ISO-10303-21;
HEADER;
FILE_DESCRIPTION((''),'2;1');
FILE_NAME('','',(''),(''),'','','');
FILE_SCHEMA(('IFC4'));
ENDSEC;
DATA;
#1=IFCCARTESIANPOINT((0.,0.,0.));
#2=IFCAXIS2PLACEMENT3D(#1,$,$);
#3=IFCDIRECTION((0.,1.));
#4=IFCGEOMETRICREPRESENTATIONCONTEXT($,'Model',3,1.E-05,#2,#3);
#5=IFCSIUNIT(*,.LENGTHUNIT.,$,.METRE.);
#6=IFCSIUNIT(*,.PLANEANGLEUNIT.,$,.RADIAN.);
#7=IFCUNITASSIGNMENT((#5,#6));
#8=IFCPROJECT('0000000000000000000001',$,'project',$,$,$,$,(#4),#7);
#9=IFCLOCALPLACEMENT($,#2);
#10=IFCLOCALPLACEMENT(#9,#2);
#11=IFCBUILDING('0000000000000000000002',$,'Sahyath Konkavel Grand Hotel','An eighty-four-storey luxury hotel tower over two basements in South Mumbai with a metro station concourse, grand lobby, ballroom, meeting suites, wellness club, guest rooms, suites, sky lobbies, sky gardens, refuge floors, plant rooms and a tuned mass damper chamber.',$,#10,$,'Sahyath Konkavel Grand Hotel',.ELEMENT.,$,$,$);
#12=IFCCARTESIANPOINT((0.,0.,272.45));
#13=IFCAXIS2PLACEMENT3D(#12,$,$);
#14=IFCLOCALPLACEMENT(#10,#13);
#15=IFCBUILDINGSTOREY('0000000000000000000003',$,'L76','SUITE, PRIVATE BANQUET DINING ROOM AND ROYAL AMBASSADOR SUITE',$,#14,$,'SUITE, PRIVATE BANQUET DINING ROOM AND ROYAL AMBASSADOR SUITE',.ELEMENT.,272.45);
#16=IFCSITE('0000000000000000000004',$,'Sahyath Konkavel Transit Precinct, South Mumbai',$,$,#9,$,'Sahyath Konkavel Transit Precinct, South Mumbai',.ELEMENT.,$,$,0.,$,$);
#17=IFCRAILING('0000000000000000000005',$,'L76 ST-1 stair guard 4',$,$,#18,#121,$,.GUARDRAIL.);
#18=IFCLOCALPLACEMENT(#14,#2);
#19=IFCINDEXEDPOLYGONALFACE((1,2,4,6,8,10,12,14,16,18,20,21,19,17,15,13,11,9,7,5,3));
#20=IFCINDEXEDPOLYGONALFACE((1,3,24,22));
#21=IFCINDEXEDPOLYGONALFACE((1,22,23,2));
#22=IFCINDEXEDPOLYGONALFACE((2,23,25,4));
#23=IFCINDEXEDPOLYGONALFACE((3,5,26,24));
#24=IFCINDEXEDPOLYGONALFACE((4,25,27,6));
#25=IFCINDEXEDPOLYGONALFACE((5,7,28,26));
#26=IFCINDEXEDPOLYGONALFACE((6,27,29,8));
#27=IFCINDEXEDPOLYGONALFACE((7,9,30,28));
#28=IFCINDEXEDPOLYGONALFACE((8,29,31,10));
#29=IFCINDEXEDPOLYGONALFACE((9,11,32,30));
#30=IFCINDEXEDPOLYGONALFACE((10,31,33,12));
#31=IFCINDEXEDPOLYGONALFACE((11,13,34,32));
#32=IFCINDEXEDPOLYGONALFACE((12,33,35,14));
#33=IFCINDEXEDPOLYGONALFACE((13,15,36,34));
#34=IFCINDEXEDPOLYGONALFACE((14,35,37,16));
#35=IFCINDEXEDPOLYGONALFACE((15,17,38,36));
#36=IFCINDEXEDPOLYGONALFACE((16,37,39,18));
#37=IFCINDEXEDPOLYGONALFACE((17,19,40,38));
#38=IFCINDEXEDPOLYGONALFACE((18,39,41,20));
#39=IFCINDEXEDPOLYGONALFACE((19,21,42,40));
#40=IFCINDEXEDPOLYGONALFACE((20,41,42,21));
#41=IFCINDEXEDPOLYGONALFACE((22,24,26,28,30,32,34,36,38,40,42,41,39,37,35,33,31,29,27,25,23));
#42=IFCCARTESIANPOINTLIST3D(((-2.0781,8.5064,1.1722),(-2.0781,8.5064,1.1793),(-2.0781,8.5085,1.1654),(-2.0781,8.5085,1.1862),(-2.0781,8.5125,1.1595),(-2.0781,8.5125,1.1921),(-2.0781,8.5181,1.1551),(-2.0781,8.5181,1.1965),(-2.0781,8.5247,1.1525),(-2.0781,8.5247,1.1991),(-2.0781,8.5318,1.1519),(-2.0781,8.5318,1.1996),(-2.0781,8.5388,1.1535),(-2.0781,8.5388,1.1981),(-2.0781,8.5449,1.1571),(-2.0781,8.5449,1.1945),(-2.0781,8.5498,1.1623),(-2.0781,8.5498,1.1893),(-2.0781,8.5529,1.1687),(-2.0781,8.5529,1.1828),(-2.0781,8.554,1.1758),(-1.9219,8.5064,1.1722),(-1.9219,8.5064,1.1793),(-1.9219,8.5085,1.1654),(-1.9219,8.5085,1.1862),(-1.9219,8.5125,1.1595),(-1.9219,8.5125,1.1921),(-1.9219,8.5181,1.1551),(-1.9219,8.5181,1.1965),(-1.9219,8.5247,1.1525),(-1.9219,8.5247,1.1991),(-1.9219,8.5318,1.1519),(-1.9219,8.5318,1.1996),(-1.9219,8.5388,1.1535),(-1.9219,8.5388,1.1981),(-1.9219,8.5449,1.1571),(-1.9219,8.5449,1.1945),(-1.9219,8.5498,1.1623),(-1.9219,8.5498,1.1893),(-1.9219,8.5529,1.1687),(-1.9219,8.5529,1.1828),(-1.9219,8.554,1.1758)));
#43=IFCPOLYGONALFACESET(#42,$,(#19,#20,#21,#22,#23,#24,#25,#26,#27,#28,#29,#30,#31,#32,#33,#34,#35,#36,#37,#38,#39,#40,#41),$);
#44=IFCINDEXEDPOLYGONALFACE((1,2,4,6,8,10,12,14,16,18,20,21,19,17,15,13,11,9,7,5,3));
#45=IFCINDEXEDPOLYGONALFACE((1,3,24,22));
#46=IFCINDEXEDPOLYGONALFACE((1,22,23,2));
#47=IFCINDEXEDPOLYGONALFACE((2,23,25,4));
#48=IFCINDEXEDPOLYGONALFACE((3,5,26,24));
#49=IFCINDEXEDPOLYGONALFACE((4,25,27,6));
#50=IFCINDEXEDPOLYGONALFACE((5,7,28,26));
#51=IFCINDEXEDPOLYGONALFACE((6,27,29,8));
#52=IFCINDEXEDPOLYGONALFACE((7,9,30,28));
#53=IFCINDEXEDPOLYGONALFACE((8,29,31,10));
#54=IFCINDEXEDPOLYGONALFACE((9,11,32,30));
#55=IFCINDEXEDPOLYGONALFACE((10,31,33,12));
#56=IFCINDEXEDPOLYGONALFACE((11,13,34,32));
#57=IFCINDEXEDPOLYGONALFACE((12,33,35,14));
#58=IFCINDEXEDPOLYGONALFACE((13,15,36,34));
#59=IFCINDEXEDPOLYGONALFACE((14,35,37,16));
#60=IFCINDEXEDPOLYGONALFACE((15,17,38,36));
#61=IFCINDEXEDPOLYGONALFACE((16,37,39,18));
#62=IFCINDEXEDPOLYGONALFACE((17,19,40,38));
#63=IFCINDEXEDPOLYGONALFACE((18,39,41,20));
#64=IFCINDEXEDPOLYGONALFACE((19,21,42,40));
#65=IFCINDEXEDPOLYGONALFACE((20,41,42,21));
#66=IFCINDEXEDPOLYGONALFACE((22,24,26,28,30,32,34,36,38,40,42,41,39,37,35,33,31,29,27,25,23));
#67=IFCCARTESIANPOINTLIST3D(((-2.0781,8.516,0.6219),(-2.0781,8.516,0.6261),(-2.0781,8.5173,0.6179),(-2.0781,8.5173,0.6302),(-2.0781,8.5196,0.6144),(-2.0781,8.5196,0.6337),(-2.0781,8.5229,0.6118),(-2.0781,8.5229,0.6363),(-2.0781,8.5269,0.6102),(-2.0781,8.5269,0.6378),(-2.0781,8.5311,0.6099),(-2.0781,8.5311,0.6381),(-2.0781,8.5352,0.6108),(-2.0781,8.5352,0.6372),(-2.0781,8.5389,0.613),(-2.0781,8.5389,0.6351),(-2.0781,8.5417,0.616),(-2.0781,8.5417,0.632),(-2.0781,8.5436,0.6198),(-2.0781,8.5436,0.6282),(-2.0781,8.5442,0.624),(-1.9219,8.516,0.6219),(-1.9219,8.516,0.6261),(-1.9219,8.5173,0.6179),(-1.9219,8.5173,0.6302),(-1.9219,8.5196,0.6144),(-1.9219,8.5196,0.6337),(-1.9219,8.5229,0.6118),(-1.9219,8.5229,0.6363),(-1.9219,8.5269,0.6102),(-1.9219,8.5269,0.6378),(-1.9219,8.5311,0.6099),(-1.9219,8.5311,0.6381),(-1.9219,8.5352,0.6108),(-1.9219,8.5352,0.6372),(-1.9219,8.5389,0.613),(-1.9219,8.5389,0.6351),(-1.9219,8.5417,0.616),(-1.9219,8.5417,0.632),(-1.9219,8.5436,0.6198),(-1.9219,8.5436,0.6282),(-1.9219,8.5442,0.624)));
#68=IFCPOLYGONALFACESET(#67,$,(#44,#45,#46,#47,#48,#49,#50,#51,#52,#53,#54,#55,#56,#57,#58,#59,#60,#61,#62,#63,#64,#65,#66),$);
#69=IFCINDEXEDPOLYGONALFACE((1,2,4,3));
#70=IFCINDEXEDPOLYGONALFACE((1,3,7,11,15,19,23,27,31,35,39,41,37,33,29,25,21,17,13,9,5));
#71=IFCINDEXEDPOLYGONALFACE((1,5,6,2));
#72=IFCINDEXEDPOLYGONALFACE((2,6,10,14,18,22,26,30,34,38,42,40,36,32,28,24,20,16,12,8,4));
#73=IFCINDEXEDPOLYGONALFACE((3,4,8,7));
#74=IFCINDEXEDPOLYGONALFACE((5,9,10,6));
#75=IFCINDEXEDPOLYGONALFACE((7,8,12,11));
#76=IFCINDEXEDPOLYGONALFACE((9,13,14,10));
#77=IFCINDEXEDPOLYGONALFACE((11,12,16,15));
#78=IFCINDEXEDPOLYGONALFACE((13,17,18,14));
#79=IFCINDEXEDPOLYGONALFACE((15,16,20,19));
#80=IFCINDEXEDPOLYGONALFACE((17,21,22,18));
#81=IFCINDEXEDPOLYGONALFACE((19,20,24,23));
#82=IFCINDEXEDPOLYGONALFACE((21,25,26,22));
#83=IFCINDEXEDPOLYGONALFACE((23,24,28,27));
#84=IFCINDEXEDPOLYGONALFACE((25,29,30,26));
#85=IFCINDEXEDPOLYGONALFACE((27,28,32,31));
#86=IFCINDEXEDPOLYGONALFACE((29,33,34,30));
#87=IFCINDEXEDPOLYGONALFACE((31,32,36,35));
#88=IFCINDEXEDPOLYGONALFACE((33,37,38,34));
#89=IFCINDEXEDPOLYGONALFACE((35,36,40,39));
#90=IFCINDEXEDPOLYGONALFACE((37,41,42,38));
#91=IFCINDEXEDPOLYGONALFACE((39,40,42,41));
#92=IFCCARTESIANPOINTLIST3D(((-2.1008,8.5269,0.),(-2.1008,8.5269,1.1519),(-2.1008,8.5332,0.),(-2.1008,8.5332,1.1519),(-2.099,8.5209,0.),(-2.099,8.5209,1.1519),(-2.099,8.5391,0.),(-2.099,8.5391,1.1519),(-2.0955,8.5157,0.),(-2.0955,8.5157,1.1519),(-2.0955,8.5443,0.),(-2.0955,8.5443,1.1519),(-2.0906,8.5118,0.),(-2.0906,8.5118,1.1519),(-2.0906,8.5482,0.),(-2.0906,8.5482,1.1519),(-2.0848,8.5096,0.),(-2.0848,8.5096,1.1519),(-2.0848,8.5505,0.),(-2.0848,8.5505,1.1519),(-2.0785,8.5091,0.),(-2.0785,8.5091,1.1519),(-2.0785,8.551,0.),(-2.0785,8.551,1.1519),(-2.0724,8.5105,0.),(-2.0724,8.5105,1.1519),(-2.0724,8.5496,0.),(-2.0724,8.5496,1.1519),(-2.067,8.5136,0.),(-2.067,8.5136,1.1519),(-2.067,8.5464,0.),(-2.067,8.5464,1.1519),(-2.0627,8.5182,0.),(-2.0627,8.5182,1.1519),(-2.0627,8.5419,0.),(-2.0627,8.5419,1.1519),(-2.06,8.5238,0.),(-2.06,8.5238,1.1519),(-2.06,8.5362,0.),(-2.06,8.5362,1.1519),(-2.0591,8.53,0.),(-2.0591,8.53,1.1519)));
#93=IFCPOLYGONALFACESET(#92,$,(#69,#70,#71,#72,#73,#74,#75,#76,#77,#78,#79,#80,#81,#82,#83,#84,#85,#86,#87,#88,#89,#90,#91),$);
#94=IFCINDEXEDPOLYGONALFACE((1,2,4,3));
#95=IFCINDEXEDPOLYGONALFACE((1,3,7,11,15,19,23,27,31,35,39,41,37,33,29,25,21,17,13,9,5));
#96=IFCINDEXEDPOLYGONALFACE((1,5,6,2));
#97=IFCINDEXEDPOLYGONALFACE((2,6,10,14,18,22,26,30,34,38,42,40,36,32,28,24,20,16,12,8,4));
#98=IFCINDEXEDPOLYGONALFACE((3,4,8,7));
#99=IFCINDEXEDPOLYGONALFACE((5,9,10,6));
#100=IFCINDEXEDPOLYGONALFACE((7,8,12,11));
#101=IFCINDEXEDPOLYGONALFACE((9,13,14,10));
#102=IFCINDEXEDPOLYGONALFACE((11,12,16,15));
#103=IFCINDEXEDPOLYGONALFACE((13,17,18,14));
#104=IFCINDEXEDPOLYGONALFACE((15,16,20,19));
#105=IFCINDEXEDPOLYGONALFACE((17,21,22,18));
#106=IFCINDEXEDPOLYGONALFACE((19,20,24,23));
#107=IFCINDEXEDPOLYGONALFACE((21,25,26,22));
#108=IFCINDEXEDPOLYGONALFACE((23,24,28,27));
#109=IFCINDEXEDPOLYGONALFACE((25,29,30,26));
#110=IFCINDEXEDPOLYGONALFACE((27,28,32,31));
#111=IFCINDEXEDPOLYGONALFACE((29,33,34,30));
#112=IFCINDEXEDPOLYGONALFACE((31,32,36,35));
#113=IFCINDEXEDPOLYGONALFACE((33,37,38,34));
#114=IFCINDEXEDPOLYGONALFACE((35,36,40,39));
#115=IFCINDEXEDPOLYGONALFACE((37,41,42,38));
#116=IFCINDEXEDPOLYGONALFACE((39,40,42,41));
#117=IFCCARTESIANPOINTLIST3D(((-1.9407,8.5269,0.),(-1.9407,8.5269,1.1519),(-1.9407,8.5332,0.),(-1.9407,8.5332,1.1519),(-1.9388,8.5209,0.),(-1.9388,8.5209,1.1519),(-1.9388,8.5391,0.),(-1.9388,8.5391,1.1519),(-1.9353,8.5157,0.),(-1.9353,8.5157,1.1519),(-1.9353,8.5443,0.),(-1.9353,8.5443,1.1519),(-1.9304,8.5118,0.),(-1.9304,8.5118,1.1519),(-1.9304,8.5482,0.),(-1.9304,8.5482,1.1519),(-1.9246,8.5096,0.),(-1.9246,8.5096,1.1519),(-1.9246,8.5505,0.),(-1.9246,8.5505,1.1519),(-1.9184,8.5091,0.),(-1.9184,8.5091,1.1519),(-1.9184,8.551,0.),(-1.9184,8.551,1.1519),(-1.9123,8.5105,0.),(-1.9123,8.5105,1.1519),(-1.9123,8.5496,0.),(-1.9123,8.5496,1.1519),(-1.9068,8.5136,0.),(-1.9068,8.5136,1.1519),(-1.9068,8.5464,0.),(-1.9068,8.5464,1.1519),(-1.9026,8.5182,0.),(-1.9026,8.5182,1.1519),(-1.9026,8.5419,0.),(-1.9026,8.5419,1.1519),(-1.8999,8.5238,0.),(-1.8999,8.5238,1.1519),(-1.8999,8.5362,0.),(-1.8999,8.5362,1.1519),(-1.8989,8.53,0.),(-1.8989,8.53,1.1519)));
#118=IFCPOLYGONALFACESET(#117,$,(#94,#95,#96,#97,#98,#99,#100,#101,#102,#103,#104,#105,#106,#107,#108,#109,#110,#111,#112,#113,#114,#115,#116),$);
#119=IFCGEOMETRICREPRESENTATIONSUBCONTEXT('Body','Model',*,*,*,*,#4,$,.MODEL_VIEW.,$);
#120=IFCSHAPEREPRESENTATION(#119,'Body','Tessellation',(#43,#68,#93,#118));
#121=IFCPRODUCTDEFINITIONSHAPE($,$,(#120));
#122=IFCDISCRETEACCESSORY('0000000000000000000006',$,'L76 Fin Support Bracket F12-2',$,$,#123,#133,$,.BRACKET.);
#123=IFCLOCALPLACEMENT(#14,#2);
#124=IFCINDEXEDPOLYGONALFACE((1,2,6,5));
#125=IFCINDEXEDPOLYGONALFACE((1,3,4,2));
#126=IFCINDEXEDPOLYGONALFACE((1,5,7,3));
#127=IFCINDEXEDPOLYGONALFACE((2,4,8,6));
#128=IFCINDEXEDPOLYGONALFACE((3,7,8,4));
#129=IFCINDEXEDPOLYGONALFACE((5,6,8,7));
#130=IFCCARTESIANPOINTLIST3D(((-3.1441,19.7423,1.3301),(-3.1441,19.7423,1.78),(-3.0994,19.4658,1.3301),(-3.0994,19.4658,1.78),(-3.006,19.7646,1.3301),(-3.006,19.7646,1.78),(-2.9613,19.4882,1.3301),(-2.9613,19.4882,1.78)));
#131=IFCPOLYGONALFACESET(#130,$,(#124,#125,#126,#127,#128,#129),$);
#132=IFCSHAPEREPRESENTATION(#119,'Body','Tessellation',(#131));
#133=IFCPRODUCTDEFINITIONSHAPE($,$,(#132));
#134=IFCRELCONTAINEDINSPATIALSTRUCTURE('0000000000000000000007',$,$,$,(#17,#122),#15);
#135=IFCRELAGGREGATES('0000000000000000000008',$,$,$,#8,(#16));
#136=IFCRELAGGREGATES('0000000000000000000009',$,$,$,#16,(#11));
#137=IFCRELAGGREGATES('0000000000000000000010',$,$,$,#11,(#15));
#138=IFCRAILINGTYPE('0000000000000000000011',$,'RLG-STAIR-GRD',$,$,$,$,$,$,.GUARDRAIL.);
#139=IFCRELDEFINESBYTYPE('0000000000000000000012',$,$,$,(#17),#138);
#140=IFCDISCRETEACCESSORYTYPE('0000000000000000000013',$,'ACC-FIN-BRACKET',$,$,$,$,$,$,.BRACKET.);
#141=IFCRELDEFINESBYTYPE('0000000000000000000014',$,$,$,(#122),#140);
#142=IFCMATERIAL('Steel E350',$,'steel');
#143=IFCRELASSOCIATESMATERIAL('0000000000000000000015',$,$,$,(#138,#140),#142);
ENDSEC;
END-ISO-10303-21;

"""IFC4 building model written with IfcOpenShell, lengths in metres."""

from ifc_helpers import new_model, si_unit, direction, frame, origin, origin_2d, place, context, subcontext, project, spatial, rectangle, circle, extrude, source, transform, mapped, material, type_object, element, save


model = new_model("IFC4")

# Units and contexts
model_context = context("Model", 3, precision=1e-05, world=origin(), true_north=direction((0.0, 1.0)))
body_context = subcontext(model_context, "Body", "Model", "MODEL_VIEW")
ifc_project = project(units=[si_unit("LENGTHUNIT", "METRE"), si_unit("PLANEANGLEUNIT", "RADIAN")], contexts=[model_context])

# Site, building, storey
site_placement = place(None, origin())
site = spatial("IfcSite", under=ifc_project, at=site_placement, Name="Sahyath Konkavel Transit Precinct, South Mumbai", LongName="Sahyath Konkavel Transit Precinct, South Mumbai", CompositionType="ELEMENT", RefElevation=0.0)
building_placement = place(site_placement, origin())
building = spatial("IfcBuilding", under=site, at=building_placement, Name="Sahyath Konkavel Grand Hotel", Description="An eighty-four-storey luxury hotel tower over two basements in South Mumbai with a metro station concourse, grand lobby, ballroom, meeting suites, wellness club, guest rooms, suites, sky lobbies, sky gardens, refuge floors, plant rooms and a tuned mass damper chamber.", LongName="Sahyath Konkavel Grand Hotel", CompositionType="ELEMENT")
storey_placement = place(building_placement, frame((0.0, 0.0, 272.45)))
storey = spatial("IfcBuildingStorey", under=building, at=storey_placement, Name="L76", Description="SUITE, PRIVATE BANQUET DINING ROOM AND ROYAL AMBASSADOR SUITE", LongName="SUITE, PRIVATE BANQUET DINING ROOM AND ROYAL AMBASSADOR SUITE", CompositionType="ELEMENT", Elevation=272.45)

# Shared definitions
ifc_material_1 = material(Name="Steel E350", Category="steel")

# Railing
railing_type = type_object("IfcRailingType", Name="RLG-STAIR-GRD", PredefinedType="GUARDRAIL", material=ifc_material_1)
railing_1_placement = place(storey_placement, frame((-2.0801, 8.53, 0.0)))
element("IfcRailing", 1, at=railing_1_placement, inside=storey, type_object=railing_type, Name="L76 ST-1 stair guard 4", PredefinedType="GUARDRAIL", context=body_context, shape_type="SweptSolid", body=[
    extrude(circle(Radius=0.0239, at=origin_2d()), frame((0.002, 0.0, 1.1758), z_axis=(1.0, 0.0, 0.0), x_axis=(0.0, 1.0, 0.0)), (0.0, 0.0, 1.0), 0.1562),
    extrude(circle(Radius=0.0142, at=origin_2d()), frame((0.002, 0.0, 0.624), z_axis=(1.0, 0.0, 0.0), x_axis=(0.0, 1.0, 0.0)), (0.0, 0.0, 1.0), 0.1562),
    extrude(circle(Radius=0.021, at=origin_2d()), origin(), (0.0, 0.0, 1.0), 1.1519),
    extrude(circle(Radius=0.021, at=origin_2d()), frame((0.1602, 0.0, 0.0)), (0.0, 0.0, 1.0), 1.1519),
])

# Discrete accessory
discrete_accessory_type = type_object("IfcDiscreteAccessoryType", Name="ACC-FIN-BRACKET", PredefinedType="BRACKET", material=ifc_material_1)
shared_shape_1 = source(origin(), body_context, "Body", "SweptSolid", [
    extrude(rectangle(XDim=0.28, YDim=0.1399, at=origin_2d()), origin(), (0.0, 0.0, 1.0), 0.45),
])
discrete_accessory_placement = place(storey_placement, frame((-3.0527, 19.6152, 1.3301), z_axis=(0.0, 0.0, 1.0), x_axis=(-0.159623, 0.987178, 0.0)))
element("IfcDiscreteAccessory", 2, at=discrete_accessory_placement, inside=storey, type_object=discrete_accessory_type, Name="L76 Fin Support Bracket F12-2", PredefinedType="BRACKET", context=body_context, shape_type="MappedRepresentation", body=[
    mapped(shared_shape_1, transform((0.0, 0.0, 0.0), scale=1.0)),
])

save(model, "model.ifc")
